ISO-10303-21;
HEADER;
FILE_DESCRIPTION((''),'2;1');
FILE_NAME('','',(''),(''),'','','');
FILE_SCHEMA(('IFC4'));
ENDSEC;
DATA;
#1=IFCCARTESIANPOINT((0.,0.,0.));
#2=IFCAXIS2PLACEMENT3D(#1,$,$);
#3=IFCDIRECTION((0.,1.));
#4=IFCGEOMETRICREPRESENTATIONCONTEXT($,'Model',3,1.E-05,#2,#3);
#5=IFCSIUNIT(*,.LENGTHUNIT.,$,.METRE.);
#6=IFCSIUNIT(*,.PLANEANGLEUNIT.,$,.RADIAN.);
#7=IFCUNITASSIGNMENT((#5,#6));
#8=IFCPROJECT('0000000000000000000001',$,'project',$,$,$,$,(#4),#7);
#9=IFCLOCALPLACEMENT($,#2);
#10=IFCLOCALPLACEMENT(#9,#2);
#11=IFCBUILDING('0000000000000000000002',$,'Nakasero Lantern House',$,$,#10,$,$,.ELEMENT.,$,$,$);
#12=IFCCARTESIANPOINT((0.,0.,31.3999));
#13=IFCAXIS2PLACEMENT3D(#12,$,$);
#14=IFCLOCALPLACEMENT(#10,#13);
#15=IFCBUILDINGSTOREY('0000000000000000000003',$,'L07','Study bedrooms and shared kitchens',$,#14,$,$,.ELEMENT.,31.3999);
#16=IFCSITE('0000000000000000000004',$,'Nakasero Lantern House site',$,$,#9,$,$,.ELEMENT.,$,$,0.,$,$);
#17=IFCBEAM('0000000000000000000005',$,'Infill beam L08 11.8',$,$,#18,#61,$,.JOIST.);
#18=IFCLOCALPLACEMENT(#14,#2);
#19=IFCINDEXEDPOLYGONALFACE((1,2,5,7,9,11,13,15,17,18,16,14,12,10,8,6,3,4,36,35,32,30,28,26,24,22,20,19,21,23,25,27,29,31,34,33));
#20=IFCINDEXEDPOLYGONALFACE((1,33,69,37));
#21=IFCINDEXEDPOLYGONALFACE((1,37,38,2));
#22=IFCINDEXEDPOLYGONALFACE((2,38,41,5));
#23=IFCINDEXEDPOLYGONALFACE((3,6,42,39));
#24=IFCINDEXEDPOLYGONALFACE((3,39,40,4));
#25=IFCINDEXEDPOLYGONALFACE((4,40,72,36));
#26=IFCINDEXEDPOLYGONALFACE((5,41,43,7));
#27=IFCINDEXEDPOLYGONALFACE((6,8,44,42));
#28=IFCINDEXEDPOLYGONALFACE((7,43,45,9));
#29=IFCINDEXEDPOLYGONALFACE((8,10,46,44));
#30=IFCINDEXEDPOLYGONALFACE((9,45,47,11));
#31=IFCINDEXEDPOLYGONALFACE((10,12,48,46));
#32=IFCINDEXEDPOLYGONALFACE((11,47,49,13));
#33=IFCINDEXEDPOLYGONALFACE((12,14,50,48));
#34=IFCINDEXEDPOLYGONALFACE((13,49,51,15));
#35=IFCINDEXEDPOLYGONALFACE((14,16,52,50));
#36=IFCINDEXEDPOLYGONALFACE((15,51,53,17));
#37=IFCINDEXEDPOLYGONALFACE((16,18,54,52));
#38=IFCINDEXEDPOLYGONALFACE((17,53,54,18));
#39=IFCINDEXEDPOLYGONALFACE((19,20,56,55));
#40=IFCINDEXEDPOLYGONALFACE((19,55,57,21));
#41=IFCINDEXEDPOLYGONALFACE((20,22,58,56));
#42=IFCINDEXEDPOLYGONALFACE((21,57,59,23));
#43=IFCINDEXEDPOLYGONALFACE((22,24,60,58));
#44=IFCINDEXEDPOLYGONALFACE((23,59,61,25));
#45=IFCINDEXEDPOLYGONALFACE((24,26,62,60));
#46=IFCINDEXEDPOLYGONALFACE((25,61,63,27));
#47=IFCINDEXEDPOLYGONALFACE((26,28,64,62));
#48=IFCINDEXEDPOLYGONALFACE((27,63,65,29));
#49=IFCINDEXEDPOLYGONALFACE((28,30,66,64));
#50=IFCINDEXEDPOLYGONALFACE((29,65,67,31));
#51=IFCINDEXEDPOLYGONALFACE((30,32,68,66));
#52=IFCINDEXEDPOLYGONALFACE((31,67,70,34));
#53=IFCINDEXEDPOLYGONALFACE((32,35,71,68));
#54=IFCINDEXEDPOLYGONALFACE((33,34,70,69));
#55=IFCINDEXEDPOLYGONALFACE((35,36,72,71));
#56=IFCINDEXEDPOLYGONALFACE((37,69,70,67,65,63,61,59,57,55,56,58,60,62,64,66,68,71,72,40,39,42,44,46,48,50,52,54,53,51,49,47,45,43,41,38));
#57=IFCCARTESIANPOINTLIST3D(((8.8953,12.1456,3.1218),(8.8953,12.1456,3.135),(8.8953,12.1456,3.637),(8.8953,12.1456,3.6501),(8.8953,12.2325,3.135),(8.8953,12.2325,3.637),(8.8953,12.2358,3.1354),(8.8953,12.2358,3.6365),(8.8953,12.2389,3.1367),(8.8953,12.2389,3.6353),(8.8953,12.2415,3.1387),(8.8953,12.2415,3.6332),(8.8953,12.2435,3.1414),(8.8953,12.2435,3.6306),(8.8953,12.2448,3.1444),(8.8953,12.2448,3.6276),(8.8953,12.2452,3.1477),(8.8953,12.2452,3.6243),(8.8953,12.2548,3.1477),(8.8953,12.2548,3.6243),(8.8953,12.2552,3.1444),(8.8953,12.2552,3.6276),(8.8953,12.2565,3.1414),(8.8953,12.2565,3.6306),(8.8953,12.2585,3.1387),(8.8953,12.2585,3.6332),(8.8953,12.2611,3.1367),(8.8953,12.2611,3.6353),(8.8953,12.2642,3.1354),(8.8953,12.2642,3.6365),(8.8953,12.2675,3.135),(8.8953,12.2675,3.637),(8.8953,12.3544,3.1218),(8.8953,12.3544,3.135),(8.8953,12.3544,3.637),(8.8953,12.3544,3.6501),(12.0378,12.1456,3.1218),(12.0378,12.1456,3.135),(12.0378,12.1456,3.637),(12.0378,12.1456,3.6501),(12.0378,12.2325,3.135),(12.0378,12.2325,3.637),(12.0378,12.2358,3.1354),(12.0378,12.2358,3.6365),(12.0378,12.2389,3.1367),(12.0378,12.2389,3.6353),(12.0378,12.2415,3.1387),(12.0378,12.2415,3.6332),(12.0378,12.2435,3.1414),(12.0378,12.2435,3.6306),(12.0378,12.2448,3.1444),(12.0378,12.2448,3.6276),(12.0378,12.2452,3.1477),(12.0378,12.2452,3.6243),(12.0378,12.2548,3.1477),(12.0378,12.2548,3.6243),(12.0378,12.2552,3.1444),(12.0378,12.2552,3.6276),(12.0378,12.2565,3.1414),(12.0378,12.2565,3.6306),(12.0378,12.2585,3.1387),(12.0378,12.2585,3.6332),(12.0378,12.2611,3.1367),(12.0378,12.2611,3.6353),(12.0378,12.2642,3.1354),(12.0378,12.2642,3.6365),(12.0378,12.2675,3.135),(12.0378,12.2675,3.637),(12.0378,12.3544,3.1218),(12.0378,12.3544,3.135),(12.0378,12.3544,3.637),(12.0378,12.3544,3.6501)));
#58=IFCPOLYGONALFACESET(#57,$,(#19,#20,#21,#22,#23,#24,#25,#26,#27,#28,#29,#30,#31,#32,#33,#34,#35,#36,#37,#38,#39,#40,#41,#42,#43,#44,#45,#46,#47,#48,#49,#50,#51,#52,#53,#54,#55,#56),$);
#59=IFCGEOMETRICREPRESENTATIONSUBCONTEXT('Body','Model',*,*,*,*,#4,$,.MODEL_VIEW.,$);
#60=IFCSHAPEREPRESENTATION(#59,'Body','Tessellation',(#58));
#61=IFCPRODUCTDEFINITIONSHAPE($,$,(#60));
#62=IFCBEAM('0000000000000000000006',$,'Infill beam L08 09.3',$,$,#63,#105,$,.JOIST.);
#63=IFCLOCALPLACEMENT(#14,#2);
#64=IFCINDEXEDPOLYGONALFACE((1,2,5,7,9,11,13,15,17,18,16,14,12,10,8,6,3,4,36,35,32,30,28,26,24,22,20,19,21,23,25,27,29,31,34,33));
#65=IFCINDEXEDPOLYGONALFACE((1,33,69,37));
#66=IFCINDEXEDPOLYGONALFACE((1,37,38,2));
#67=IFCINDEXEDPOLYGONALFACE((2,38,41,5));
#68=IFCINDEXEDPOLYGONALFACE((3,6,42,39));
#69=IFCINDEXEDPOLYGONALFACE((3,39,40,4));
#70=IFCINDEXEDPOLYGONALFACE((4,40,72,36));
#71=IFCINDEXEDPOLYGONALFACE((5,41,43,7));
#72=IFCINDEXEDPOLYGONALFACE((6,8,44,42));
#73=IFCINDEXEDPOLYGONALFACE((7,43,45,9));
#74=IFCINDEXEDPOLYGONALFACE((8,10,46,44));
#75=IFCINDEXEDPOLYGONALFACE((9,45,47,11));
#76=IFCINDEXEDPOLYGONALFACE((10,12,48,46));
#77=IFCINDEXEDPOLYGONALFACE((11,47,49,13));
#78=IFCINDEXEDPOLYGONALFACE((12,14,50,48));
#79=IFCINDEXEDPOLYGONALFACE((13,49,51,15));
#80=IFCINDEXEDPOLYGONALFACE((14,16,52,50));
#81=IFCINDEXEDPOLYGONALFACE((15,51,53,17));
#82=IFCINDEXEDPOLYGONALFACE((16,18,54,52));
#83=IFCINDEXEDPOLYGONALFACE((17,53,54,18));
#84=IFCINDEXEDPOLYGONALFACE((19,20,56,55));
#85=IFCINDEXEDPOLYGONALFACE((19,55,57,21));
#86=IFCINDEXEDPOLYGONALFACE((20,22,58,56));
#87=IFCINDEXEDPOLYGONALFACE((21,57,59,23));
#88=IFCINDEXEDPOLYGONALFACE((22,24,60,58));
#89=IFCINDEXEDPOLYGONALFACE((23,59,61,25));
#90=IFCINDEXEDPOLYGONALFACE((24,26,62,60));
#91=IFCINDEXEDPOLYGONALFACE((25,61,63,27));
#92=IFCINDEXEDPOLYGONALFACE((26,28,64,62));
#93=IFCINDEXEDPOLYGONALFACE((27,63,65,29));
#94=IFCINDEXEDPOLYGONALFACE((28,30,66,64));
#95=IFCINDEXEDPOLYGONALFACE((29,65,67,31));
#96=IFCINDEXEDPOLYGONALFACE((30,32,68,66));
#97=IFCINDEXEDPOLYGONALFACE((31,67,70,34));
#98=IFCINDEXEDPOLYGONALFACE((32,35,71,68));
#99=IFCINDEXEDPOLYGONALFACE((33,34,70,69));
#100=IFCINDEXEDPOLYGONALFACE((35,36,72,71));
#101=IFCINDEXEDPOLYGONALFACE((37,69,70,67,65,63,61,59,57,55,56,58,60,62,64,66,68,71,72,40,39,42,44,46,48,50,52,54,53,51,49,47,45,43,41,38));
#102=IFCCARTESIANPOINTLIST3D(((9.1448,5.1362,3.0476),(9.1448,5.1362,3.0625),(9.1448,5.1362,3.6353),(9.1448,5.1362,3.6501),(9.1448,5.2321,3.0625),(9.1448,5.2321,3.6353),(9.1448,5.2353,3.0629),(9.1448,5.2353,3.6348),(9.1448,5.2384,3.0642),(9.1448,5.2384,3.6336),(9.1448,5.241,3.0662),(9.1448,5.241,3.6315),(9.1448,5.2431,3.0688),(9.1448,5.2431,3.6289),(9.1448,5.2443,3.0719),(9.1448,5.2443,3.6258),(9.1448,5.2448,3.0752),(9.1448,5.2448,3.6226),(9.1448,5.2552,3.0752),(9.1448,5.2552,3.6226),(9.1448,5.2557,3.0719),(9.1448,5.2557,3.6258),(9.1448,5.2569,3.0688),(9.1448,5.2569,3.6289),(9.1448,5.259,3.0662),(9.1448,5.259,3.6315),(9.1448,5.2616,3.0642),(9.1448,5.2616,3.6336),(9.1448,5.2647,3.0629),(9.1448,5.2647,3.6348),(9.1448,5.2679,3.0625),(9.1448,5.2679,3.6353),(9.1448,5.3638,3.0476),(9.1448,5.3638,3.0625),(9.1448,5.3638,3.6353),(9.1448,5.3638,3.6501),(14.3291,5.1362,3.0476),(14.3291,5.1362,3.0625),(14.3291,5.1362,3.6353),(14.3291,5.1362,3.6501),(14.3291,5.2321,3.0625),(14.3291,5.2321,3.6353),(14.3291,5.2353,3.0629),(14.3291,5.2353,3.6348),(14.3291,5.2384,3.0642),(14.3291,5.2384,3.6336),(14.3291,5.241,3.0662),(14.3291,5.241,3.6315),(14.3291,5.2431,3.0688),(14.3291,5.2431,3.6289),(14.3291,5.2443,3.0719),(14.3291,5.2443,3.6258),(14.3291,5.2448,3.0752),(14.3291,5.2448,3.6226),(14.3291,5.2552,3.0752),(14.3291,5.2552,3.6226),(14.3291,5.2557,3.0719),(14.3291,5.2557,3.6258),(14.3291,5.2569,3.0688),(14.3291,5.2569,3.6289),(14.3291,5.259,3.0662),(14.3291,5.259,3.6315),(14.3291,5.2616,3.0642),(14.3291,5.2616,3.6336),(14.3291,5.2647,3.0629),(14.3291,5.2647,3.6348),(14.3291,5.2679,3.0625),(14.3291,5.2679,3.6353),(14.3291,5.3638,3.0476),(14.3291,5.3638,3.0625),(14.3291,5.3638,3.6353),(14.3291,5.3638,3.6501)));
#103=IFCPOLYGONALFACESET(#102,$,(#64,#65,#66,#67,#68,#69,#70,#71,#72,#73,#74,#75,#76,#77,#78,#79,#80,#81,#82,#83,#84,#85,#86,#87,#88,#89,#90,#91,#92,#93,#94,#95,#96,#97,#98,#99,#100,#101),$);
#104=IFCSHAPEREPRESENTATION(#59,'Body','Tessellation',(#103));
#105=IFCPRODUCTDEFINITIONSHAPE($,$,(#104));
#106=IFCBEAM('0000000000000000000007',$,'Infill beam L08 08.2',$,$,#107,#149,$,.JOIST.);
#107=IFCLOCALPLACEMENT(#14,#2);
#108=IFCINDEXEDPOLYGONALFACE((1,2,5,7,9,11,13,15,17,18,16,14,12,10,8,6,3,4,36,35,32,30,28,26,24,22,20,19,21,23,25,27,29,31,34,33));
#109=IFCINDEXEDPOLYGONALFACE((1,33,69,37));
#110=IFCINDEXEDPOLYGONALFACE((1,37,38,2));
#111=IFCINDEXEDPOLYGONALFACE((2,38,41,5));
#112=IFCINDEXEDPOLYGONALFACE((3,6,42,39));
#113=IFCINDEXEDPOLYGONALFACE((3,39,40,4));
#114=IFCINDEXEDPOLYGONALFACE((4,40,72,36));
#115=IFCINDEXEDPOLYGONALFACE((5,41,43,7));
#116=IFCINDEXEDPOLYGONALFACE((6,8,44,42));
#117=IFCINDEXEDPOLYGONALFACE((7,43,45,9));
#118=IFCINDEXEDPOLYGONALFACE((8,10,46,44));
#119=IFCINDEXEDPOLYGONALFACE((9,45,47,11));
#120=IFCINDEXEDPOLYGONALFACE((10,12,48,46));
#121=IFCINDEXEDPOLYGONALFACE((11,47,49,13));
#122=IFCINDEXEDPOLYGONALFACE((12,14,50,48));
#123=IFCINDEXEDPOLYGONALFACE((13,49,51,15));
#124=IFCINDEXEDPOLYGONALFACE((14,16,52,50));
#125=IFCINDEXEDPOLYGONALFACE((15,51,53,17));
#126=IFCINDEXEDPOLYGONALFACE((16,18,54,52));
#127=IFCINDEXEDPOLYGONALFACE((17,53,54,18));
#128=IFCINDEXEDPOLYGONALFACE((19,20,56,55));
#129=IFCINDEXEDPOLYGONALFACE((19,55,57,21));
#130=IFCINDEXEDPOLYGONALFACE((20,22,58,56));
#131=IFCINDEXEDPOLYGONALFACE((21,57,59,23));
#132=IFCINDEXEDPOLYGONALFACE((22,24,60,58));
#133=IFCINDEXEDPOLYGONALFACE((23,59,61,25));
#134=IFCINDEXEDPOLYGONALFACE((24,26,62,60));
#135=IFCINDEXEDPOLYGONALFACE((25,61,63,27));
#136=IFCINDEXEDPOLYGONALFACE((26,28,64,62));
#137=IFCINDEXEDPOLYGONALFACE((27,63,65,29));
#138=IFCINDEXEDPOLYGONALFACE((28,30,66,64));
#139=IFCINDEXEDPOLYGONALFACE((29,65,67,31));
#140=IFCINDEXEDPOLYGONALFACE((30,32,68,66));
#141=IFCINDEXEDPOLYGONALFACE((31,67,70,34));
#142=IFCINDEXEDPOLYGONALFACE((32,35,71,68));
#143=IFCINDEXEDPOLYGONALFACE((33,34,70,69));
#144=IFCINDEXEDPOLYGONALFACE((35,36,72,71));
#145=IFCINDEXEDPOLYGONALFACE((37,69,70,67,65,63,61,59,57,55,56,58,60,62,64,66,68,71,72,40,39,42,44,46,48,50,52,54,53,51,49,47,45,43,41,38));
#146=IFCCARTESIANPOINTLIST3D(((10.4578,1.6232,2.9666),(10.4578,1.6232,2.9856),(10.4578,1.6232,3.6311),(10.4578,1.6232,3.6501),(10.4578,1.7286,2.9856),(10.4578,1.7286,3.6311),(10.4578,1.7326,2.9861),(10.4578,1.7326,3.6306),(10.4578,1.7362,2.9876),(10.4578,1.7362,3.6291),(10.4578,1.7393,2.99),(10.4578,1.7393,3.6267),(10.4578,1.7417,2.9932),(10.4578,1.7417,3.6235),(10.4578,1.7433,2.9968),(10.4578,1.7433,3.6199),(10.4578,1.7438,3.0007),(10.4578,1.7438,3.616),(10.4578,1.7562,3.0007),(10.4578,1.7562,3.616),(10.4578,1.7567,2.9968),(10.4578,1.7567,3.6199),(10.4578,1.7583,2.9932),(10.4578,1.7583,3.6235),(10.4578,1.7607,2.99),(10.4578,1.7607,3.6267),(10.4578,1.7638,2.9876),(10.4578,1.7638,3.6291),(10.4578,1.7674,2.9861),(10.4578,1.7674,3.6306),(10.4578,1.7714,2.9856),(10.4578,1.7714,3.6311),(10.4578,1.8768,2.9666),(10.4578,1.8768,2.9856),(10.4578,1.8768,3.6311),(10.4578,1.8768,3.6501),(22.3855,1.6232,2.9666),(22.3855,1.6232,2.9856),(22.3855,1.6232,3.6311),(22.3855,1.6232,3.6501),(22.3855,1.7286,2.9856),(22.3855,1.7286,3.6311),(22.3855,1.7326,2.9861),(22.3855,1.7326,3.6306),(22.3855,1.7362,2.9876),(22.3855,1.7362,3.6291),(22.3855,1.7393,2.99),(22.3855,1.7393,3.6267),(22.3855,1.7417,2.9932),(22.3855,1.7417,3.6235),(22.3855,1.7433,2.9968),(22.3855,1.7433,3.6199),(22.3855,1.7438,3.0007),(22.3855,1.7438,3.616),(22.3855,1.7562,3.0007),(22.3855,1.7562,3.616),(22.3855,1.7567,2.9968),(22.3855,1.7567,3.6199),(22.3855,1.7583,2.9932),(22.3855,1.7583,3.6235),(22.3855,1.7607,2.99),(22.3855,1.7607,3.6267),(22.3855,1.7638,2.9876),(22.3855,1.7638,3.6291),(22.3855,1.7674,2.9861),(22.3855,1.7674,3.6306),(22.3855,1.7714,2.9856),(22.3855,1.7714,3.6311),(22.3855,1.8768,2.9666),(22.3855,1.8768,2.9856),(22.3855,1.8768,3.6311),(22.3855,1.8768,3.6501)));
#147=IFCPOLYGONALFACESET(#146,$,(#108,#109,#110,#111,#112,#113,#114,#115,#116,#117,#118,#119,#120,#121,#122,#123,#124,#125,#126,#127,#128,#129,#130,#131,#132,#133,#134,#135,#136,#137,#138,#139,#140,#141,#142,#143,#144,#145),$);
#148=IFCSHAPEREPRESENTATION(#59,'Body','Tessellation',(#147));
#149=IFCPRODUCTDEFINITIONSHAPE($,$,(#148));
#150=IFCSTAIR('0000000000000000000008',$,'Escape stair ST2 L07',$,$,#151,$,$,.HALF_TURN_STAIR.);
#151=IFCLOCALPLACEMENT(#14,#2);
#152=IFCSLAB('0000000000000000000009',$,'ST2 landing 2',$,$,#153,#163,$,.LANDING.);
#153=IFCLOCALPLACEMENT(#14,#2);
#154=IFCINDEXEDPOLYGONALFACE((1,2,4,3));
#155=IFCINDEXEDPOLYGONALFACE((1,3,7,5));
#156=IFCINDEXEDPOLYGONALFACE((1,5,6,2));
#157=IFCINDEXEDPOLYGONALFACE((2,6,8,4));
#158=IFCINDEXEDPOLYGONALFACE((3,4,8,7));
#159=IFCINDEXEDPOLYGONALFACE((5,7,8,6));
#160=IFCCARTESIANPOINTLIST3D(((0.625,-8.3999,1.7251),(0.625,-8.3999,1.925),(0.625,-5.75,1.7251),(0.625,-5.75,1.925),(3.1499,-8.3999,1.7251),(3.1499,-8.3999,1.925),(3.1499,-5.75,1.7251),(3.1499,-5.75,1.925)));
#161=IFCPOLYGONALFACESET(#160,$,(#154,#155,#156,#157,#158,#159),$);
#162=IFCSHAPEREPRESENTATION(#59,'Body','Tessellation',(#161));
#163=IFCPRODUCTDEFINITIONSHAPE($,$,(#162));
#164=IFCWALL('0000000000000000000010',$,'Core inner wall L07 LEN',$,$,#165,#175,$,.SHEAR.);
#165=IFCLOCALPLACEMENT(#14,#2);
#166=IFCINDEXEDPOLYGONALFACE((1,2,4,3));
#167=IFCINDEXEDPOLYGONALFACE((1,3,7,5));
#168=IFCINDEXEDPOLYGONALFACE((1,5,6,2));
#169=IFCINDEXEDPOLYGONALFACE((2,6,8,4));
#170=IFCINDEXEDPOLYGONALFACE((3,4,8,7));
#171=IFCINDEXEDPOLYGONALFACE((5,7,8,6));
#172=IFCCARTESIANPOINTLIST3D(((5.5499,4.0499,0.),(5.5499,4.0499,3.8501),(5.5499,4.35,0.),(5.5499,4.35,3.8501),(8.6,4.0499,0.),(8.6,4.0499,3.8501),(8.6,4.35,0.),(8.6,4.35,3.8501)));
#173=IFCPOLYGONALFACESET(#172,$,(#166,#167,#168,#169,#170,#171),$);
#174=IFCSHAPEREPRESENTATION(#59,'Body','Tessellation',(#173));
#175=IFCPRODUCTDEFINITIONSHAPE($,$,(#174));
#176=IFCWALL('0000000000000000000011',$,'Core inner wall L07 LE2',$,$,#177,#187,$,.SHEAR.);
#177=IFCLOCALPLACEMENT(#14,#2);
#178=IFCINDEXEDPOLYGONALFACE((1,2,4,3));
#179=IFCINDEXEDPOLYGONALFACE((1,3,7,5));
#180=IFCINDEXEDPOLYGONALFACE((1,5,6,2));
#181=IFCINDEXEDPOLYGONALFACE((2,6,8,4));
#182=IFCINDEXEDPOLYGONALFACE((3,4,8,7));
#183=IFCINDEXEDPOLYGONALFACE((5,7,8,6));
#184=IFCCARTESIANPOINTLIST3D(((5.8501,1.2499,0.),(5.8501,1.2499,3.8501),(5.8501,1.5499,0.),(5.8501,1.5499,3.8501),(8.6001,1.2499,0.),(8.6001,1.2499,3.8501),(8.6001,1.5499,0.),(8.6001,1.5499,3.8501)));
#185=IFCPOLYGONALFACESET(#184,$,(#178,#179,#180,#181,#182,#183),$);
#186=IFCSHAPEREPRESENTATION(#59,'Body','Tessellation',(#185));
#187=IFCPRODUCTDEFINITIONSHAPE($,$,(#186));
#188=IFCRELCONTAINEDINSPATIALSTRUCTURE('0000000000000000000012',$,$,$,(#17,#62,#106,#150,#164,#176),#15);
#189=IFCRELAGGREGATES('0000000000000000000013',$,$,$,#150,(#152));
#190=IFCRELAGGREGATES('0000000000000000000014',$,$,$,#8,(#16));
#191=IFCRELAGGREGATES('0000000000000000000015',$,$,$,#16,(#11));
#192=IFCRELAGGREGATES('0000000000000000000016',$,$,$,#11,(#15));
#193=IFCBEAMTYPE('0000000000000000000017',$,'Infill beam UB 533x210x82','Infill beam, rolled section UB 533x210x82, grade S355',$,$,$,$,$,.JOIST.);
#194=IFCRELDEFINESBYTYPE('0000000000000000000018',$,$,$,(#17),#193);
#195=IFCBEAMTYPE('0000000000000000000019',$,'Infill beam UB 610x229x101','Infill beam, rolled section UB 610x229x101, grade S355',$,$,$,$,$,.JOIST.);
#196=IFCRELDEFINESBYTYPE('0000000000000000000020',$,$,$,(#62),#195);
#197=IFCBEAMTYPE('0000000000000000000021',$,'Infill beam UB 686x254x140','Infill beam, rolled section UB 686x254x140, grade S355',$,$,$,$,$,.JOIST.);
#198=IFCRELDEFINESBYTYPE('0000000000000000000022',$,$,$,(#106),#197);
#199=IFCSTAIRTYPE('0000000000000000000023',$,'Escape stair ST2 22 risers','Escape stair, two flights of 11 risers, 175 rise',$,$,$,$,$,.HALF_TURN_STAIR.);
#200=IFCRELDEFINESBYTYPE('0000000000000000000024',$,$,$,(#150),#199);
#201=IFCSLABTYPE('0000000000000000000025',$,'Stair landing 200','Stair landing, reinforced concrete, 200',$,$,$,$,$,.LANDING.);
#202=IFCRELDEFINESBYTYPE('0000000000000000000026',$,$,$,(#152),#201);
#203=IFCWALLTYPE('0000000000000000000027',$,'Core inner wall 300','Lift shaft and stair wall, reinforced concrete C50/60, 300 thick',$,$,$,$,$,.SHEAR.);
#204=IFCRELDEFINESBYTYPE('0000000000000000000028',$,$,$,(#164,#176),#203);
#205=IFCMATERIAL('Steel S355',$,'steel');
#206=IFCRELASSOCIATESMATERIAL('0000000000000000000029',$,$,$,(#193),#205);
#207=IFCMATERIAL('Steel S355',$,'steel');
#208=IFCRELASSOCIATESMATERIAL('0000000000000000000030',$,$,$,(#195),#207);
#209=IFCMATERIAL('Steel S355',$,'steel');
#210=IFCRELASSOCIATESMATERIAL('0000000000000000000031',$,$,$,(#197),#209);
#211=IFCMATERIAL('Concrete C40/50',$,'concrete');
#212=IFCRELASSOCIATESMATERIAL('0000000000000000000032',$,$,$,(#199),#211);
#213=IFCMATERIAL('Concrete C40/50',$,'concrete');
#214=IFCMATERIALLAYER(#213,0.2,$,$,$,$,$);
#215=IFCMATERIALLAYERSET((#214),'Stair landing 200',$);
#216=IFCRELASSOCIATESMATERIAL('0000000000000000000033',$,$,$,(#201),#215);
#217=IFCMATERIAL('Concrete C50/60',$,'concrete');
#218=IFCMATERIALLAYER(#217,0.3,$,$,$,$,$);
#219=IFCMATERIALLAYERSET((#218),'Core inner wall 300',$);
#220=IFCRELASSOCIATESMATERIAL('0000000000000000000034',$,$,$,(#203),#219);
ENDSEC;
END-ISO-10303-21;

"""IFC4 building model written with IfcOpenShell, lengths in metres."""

from ifc_helpers import new_model, si_unit, direction, frame, frame_2d, origin, origin_2d, place, context, subcontext, project, spatial, polyline, rectangle, i_section, outline, extrude, material, layer, layer_set, material_profile, profile_set, type_object, element, aggregate, save


model = new_model("IFC4")

# Units and contexts
model_context = context("Model", 3, precision=1e-05, world=origin(), true_north=direction((0.0, 1.0)))
body_context = subcontext(model_context, "Body", "Model", "MODEL_VIEW")
ifc_project = project(units=[si_unit("LENGTHUNIT", "METRE"), si_unit("PLANEANGLEUNIT", "RADIAN")], contexts=[model_context])

# Site, building, storey
site_placement = place(None, origin())
site = spatial("IfcSite", under=ifc_project, at=site_placement, Name="Nakasero Lantern House site", CompositionType="ELEMENT", RefElevation=0.0)
building_placement = place(site_placement, origin())
building = spatial("IfcBuilding", under=site, at=building_placement, Name="Nakasero Lantern House", CompositionType="ELEMENT")
storey_placement = place(building_placement, frame((0.0, 0.0, 31.3999)))
storey = spatial("IfcBuildingStorey", under=building, at=storey_placement, Name="L07", Description="Study bedrooms and shared kitchens", CompositionType="ELEMENT", Elevation=31.3999)

# Beams
ifc_material_1 = material(Name="Steel S355", Category="steel")
ifc_material_profile_1 = material_profile(ifc_material_1, i_section(OverallWidth=0.2087, OverallDepth=0.5283, WebThickness=0.0095, FlangeThickness=0.0132, FilletRadius=0.0127, at=origin_2d()), Name="UB 533x210x82")
ifc_profile_set_1 = profile_set([ifc_material_profile_1], Name="Steel S355")
beam_type_1 = type_object("IfcBeamType", Name="Infill beam UB 533x210x82", Description="Infill beam, rolled section UB 533x210x82, grade S355", PredefinedType="JOIST", material=ifc_profile_set_1)
beam_1_placement = place(storey_placement, frame((8.8953, 12.25, 3.386), z_axis=(1.0, 0.0, 0.0), x_axis=(0.0, 1.0, 0.0)))
element("IfcBeam", 1, at=beam_1_placement, inside=storey, type_object=beam_type_1, Name="Infill beam L08 11.8", PredefinedType="JOIST", context=body_context, shape_type="SweptSolid", body=[
    extrude(i_section(OverallWidth=0.2087, OverallDepth=0.5283, WebThickness=0.0095, FlangeThickness=0.0132, FilletRadius=0.0127, at=origin_2d()), origin(), (0.0, 0.0, 1.0), 3.1426),
])
ifc_material_2 = material(Name="Steel S355", Category="steel")
ifc_material_profile_2 = material_profile(ifc_material_2, i_section(OverallWidth=0.2275, OverallDepth=0.6025, WebThickness=0.0105, FlangeThickness=0.0149, FilletRadius=0.0127, at=origin_2d()), Name="UB 610x229x101")
ifc_profile_set_2 = profile_set([ifc_material_profile_2], Name="Steel S355")
beam_type_2 = type_object("IfcBeamType", Name="Infill beam UB 610x229x101", Description="Infill beam, rolled section UB 610x229x101, grade S355", PredefinedType="JOIST", material=ifc_profile_set_2)
beam_2_placement = place(storey_placement, frame((9.1448, 5.25, 3.3489), z_axis=(1.0, 0.0, 0.0), x_axis=(0.0, 1.0, 0.0)))
element("IfcBeam", 2, at=beam_2_placement, inside=storey, type_object=beam_type_2, Name="Infill beam L08 09.3", PredefinedType="JOIST", context=body_context, shape_type="SweptSolid", body=[
    extrude(i_section(OverallWidth=0.2275, OverallDepth=0.6025, WebThickness=0.0105, FlangeThickness=0.0149, FilletRadius=0.0127, at=origin_2d()), origin(), (0.0, 0.0, 1.0), 5.1843),
])
ifc_material_3 = material(Name="Steel S355", Category="steel")
ifc_material_profile_3 = material_profile(ifc_material_3, i_section(OverallWidth=0.2537, OverallDepth=0.6836, WebThickness=0.0125, FlangeThickness=0.019, FilletRadius=0.0151, at=origin_2d()), Name="UB 686x254x140")
ifc_profile_set_3 = profile_set([ifc_material_profile_3], Name="Steel S355")
beam_type_3 = type_object("IfcBeamType", Name="Infill beam UB 686x254x140", Description="Infill beam, rolled section UB 686x254x140, grade S355", PredefinedType="JOIST", material=ifc_profile_set_3)
beam_3_placement = place(storey_placement, frame((10.4578, 1.75, 3.3083), z_axis=(1.0, 0.0, 0.0), x_axis=(0.0, 1.0, 0.0)))
element("IfcBeam", 3, at=beam_3_placement, inside=storey, type_object=beam_type_3, Name="Infill beam L08 08.2", PredefinedType="JOIST", context=body_context, shape_type="SweptSolid", body=[
    extrude(i_section(OverallWidth=0.2537, OverallDepth=0.6836, WebThickness=0.0125, FlangeThickness=0.019, FilletRadius=0.0151, at=origin_2d()), origin(), (0.0, 0.0, 1.0), 11.9277),
])

# Stair, slab
ifc_material_4 = material(Name="Concrete C40/50", Category="concrete")
stair_type_1 = type_object("IfcStairType", Name="Escape stair ST2 22 risers", Description="Escape stair, two flights of 11 risers, 175 rise", PredefinedType="HALF_TURN_STAIR", material=ifc_material_4)
stair_1_placement = place(storey_placement, origin())
stair_1 = element("IfcStair", 4, at=stair_1_placement, inside=storey, type_object=stair_type_1, Name="Escape stair ST2 L07", PredefinedType="HALF_TURN_STAIR")
ifc_material_5 = material(Name="Concrete C40/50", Category="concrete")
ifc_layer_1 = layer(ifc_material_5, 0.2)
ifc_layer_set_1 = layer_set([ifc_layer_1], Name="Stair landing 200")
slab_type = type_object("IfcSlabType", Name="Stair landing 200", Description="Stair landing, reinforced concrete, 200", PredefinedType="LANDING", material=ifc_layer_set_1)
slab_placement = place(storey_placement, frame((0.0, 0.0, 1.7251)))
slab = element("IfcSlab", 5, at=slab_placement, type_object=slab_type, Name="ST2 landing 2", PredefinedType="LANDING", context=body_context, shape_type="SweptSolid", body=[
    extrude(outline(polyline([(0.625, -8.3999), (3.1499, -8.3999), (3.1499, -5.75), (0.625, -5.75), (0.625, -8.3999)])), origin(), (0.0, 0.0, 1.0), 0.2),
])
aggregate(stair_1, [slab])

# Walls
ifc_material_6 = material(Name="Concrete C50/60", Category="concrete")
ifc_layer_2 = layer(ifc_material_6, 0.3)
ifc_layer_set_2 = layer_set([ifc_layer_2], Name="Core inner wall 300")
wall_type_1 = type_object("IfcWallType", Name="Core inner wall 300", Description="Lift shaft and stair wall, reinforced concrete C50/60, 300 thick", PredefinedType="SHEAR", material=ifc_layer_set_2)
wall_1_placement = place(storey_placement, frame((5.55, 4.2, 0.0), z_axis=(0.0, 0.0, 1.0), x_axis=(1.0, 0.0, 0.0)))
element("IfcWall", 6, at=wall_1_placement, inside=storey, type_object=wall_type_1, Name="Core inner wall L07 LEN", PredefinedType="SHEAR", context=body_context, shape_type="SweptSolid", body=[
    extrude(rectangle(XDim=3.05, YDim=0.3, at=frame_2d((1.5249, 0.0))), origin(), (0.0, 0.0, 1.0), 3.8501),
])
wall_2_placement = place(storey_placement, frame((5.8501, 1.3999, 0.0), z_axis=(0.0, 0.0, 1.0), x_axis=(1.0, 0.0, 0.0)))
element("IfcWall", 7, at=wall_2_placement, inside=storey, type_object=wall_type_1, Name="Core inner wall L07 LE2", PredefinedType="SHEAR", context=body_context, shape_type="SweptSolid", body=[
    extrude(rectangle(XDim=2.75, YDim=0.3, at=frame_2d((1.375, 0.0))), origin(), (0.0, 0.0, 1.0), 3.8501),
])

save(model, "model.ifc")
